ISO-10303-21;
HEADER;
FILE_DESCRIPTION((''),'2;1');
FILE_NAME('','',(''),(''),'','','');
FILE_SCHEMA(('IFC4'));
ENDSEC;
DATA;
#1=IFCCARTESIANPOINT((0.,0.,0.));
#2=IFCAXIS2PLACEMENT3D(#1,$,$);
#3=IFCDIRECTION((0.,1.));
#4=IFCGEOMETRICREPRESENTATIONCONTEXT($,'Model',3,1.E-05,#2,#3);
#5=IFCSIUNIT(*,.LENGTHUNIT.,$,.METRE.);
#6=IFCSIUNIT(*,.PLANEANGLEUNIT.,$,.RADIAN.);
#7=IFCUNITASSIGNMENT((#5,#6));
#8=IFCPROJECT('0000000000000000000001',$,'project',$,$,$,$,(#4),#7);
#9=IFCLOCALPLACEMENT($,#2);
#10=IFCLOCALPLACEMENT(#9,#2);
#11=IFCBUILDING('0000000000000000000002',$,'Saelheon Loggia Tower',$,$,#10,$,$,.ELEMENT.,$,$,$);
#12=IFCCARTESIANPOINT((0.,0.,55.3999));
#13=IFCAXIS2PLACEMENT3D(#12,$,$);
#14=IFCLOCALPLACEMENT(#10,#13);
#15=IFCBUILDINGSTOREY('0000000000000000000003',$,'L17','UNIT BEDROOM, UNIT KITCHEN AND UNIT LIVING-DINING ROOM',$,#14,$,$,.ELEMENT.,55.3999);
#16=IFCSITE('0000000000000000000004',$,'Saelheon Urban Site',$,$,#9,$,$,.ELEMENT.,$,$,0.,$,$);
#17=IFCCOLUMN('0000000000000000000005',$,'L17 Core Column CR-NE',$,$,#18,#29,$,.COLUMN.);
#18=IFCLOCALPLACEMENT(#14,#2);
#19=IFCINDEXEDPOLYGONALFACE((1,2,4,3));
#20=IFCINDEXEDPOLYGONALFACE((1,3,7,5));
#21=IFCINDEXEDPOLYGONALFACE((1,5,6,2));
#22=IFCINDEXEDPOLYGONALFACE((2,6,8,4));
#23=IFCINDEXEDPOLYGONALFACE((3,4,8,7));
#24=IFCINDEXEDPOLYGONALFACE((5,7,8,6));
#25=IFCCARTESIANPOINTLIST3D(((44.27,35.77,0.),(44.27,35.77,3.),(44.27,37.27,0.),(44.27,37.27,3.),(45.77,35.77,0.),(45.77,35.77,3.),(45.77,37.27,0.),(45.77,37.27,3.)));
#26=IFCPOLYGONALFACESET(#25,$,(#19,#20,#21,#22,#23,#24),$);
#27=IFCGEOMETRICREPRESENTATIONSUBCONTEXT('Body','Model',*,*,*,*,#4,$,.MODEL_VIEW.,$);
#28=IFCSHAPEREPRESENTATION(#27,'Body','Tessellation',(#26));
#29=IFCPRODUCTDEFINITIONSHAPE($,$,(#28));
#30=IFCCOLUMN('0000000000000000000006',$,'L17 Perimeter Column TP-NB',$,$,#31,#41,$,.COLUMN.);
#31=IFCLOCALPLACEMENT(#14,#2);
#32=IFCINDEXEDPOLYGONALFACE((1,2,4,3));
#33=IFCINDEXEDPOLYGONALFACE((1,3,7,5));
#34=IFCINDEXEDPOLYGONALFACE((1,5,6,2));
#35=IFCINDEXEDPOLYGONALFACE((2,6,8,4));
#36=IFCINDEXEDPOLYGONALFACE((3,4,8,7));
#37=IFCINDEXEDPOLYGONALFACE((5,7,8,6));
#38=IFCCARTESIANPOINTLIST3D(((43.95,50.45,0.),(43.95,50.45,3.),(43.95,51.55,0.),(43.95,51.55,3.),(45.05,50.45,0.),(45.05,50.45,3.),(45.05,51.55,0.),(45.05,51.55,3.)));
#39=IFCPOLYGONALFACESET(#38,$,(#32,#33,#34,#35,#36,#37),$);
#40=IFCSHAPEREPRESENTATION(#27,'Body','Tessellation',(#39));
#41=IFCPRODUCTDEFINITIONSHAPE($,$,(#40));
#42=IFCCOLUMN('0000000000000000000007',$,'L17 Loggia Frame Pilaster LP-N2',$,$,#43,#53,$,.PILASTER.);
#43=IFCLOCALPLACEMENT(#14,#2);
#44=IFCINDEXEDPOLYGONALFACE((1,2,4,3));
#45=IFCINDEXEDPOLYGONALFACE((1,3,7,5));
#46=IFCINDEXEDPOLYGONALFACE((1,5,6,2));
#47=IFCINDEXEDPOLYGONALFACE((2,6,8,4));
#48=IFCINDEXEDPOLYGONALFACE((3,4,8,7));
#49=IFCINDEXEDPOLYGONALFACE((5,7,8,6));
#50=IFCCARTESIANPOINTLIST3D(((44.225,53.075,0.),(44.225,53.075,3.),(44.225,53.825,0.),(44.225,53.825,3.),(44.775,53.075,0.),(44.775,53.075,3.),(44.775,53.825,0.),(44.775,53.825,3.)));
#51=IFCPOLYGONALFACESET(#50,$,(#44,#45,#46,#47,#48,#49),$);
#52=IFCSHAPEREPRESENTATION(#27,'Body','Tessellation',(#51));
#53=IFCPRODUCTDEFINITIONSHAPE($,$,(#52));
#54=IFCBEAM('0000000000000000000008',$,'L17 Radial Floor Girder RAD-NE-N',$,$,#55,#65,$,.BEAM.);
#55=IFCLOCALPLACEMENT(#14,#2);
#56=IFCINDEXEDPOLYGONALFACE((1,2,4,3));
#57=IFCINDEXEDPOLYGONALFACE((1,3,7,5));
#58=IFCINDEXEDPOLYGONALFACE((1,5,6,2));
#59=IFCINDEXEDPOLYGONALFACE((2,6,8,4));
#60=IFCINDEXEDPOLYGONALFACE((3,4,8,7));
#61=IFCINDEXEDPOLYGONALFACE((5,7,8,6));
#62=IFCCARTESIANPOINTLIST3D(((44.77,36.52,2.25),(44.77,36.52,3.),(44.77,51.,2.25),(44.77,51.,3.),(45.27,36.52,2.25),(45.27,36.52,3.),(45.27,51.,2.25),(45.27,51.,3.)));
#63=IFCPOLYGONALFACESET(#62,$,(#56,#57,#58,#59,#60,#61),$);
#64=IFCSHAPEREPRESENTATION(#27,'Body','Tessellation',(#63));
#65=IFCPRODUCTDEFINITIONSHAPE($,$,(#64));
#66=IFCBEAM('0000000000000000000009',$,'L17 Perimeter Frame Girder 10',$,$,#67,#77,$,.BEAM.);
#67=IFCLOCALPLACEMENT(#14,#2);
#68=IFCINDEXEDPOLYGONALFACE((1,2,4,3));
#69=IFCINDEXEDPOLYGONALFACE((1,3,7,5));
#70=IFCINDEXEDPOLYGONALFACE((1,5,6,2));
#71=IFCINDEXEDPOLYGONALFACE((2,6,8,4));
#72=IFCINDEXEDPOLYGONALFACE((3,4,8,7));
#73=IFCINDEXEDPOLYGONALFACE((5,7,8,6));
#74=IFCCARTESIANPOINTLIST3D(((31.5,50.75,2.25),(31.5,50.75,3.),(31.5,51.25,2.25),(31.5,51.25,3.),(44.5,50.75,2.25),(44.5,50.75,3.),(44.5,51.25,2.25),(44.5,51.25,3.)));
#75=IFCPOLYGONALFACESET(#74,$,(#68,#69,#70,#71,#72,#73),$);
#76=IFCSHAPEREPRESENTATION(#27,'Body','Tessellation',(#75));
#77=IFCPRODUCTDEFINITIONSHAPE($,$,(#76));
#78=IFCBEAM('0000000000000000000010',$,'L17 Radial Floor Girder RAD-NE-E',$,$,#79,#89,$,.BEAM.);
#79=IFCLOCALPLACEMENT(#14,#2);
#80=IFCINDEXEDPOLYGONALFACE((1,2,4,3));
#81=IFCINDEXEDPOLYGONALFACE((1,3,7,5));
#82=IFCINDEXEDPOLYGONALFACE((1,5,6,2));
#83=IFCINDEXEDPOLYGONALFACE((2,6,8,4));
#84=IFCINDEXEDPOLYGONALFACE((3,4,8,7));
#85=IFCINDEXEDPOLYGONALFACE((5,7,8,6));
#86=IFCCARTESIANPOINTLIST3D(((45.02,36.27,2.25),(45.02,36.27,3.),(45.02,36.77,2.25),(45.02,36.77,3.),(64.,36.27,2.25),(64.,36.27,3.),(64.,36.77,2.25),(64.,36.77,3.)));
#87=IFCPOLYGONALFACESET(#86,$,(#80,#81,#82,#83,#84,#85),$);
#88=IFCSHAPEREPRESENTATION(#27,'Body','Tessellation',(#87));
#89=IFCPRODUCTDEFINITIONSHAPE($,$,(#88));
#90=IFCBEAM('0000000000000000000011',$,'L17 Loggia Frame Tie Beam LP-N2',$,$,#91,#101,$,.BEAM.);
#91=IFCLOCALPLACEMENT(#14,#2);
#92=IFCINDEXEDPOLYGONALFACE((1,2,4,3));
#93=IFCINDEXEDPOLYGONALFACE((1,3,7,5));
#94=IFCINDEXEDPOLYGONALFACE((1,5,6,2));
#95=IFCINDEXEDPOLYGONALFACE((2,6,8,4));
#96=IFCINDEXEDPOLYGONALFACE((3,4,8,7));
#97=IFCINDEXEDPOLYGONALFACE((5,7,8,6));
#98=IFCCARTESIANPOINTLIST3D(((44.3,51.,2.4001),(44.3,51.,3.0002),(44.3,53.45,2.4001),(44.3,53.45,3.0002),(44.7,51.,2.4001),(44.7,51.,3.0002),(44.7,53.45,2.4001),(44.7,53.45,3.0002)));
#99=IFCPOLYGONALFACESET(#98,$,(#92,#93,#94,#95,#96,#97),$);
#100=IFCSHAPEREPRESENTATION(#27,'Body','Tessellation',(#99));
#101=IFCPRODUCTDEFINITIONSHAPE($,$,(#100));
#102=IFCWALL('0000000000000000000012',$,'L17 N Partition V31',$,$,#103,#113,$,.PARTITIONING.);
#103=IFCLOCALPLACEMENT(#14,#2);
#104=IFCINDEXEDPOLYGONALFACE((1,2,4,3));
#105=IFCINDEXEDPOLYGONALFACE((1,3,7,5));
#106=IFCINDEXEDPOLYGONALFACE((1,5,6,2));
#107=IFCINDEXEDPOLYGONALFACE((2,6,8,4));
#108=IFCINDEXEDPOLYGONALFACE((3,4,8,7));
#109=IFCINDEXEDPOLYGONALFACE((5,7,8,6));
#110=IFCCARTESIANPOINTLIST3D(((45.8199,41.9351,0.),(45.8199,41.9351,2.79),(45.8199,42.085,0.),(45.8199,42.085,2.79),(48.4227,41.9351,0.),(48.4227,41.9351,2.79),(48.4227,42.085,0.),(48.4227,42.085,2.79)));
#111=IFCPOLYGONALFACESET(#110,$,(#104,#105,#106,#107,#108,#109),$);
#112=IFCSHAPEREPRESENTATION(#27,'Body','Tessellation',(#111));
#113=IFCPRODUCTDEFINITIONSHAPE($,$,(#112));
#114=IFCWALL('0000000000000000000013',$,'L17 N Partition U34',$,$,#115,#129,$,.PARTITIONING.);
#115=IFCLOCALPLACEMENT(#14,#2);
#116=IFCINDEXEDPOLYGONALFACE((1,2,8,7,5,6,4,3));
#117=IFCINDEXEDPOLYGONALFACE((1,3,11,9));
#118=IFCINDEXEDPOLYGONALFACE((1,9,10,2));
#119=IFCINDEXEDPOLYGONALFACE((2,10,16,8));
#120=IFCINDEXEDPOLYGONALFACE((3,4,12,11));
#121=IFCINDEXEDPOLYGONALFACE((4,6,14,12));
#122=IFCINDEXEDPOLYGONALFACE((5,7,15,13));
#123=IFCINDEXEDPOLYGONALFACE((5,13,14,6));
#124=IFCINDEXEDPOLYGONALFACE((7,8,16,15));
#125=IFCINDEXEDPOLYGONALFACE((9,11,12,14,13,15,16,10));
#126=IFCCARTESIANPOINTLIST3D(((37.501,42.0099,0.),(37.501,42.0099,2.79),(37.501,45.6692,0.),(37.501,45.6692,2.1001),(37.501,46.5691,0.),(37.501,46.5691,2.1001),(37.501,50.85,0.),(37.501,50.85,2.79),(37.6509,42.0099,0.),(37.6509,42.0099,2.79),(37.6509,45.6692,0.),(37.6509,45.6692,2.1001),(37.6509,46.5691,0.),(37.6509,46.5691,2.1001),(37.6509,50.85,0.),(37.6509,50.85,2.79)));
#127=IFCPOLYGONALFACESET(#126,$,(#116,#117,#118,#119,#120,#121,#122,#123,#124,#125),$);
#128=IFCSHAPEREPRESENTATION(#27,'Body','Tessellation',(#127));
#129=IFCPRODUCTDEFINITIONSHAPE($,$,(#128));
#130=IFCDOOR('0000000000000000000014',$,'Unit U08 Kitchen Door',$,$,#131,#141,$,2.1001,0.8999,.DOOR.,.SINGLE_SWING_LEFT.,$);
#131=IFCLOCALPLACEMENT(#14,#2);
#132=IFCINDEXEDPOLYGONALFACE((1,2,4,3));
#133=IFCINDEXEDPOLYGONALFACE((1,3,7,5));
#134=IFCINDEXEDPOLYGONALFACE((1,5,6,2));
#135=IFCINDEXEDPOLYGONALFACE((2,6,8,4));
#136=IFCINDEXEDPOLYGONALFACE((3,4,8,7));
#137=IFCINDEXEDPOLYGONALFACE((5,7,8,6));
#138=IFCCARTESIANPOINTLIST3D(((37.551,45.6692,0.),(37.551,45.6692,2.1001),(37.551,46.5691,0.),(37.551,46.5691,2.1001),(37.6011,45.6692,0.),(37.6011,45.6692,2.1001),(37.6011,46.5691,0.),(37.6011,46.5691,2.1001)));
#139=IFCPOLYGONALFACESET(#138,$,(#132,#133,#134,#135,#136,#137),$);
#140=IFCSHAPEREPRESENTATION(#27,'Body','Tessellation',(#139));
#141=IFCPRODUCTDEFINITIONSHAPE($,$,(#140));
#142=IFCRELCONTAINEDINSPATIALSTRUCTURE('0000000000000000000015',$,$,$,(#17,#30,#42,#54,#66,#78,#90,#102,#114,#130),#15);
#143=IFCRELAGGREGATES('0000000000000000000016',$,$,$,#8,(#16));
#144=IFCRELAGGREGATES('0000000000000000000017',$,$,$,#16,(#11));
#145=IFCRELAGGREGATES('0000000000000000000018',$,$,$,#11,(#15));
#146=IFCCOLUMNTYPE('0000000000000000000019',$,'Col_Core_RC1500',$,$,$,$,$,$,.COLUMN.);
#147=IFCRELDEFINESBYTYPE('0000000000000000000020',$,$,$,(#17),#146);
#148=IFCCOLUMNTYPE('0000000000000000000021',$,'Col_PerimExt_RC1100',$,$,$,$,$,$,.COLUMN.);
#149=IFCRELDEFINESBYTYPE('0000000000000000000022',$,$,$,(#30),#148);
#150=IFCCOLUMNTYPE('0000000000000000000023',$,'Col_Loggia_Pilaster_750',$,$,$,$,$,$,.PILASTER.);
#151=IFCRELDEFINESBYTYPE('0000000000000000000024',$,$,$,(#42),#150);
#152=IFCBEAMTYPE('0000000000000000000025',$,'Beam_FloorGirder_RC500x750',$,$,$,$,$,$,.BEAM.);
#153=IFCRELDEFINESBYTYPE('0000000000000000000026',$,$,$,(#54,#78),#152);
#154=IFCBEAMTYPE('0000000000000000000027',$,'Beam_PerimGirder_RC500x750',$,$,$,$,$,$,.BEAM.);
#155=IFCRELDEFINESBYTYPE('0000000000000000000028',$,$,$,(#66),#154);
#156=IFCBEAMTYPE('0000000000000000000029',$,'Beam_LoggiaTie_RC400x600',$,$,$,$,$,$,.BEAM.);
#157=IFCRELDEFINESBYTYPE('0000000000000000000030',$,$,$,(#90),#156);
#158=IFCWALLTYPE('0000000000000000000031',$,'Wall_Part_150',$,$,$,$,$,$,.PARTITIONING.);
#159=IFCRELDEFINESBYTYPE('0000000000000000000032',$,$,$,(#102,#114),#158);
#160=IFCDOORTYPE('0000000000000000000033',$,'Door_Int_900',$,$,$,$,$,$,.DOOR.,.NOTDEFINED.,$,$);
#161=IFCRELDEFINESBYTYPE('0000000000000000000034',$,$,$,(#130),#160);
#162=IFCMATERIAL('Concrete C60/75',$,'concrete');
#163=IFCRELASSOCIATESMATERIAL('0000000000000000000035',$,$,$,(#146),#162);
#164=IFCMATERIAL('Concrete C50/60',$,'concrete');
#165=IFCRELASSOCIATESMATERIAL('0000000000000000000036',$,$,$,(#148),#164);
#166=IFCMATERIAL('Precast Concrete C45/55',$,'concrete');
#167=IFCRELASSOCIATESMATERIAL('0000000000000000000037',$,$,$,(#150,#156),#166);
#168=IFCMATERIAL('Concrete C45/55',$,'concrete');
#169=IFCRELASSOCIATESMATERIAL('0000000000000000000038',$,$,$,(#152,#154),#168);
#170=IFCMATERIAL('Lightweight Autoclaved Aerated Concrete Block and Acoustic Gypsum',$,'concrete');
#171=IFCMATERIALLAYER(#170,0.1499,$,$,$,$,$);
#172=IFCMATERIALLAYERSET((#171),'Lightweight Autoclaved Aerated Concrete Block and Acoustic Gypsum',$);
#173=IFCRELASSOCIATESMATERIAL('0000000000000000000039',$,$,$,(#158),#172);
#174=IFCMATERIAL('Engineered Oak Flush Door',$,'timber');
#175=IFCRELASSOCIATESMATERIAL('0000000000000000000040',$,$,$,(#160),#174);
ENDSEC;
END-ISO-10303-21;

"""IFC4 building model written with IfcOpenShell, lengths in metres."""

from ifc_helpers import new_model, si_unit, direction, frame, frame_2d, origin, origin_2d, place, context, subcontext, project, spatial, rectangle, extrude, source, transform, mapped, material, layer, layer_set, material_profile, profile_set, type_object, element, fill, save


model = new_model("IFC4")

# Units and contexts
model_context = context("Model", 3, precision=1e-05, world=origin(), true_north=direction((0.0, 1.0)))
body_context = subcontext(model_context, "Body", "Model", "MODEL_VIEW")
ifc_project = project(units=[si_unit("LENGTHUNIT", "METRE"), si_unit("PLANEANGLEUNIT", "RADIAN")], contexts=[model_context])

# Site, building, storey
site_placement = place(None, origin())
site = spatial("IfcSite", under=ifc_project, at=site_placement, Name="Saelheon Urban Site", CompositionType="ELEMENT", RefElevation=0.0)
building_placement = place(site_placement, origin())
building = spatial("IfcBuilding", under=site, at=building_placement, Name="Saelheon Loggia Tower", CompositionType="ELEMENT")
storey_placement = place(building_placement, frame((0.0, 0.0, 55.3999)))
storey = spatial("IfcBuildingStorey", under=building, at=storey_placement, Name="L17", Description="UNIT BEDROOM, UNIT KITCHEN AND UNIT LIVING-DINING ROOM", CompositionType="ELEMENT", Elevation=55.3999)

# Columns
ifc_material_1 = material(Name="Concrete C60/75", Category="concrete")
ifc_material_profile_1 = material_profile(ifc_material_1, rectangle(XDim=1.5, YDim=1.5, at=origin_2d()), Name="RC-1500x1500")
ifc_profile_set_1 = profile_set([ifc_material_profile_1], Name="Concrete C60/75")
column_type_1 = type_object("IfcColumnType", Name="Col_Core_RC1500", PredefinedType="COLUMN", material=ifc_profile_set_1)
shared_shape_1 = source(origin(), body_context, "Body", "SweptSolid", [
    extrude(rectangle(XDim=1.5, YDim=1.5, at=origin_2d()), origin(), (0.0, 0.0, 1.0), 3.0),
])
column_1_placement = place(storey_placement, frame((45.02, 36.52, 0.0), z_axis=(0.0, 0.0, 1.0), x_axis=(1.0, 0.0, 0.0)))
element("IfcColumn", 1, at=column_1_placement, inside=storey, type_object=column_type_1, Name="L17 Core Column CR-NE", PredefinedType="COLUMN", context=body_context, shape_type="MappedRepresentation", body=[
    mapped(shared_shape_1, transform((0.0, 0.0, 0.0), scale=1.0)),
])
ifc_material_2 = material(Name="Concrete C50/60", Category="concrete")
ifc_material_profile_2 = material_profile(ifc_material_2, rectangle(XDim=1.1001, YDim=1.1001, at=origin_2d()), Name="RC-1100x1100")
ifc_profile_set_2 = profile_set([ifc_material_profile_2], Name="Concrete C50/60")
column_type_2 = type_object("IfcColumnType", Name="Col_PerimExt_RC1100", PredefinedType="COLUMN", material=ifc_profile_set_2)
shared_shape_2 = source(origin(), body_context, "Body", "SweptSolid", [
    extrude(rectangle(XDim=1.1001, YDim=1.1001, at=origin_2d()), origin(), (0.0, 0.0, 1.0), 3.0),
])
column_2_placement = place(storey_placement, frame((44.5, 51.0, 0.0), z_axis=(0.0, 0.0, 1.0), x_axis=(1.0, 0.0, 0.0)))
element("IfcColumn", 2, at=column_2_placement, inside=storey, type_object=column_type_2, Name="L17 Perimeter Column TP-NB", PredefinedType="COLUMN", context=body_context, shape_type="MappedRepresentation", body=[
    mapped(shared_shape_2, transform((0.0, 0.0, 0.0), scale=1.0)),
])
ifc_material_3 = material(Name="Precast Concrete C45/55", Category="concrete")
ifc_material_profile_3 = material_profile(ifc_material_3, rectangle(XDim=0.55, YDim=0.75, at=origin_2d()), Name="RC-550x750")
ifc_profile_set_3 = profile_set([ifc_material_profile_3], Name="Precast Concrete C45/55")
column_type_3 = type_object("IfcColumnType", Name="Col_Loggia_Pilaster_750", PredefinedType="PILASTER", material=ifc_profile_set_3)
shared_shape_3 = source(origin(), body_context, "Body", "SweptSolid", [
    extrude(rectangle(XDim=0.55, YDim=0.75, at=origin_2d()), origin(), (0.0, 0.0, 1.0), 3.0),
])
column_3_placement = place(storey_placement, frame((44.5, 53.45, 0.0), z_axis=(0.0, 0.0, 1.0), x_axis=(1.0, 0.0, 0.0)))
element("IfcColumn", 3, at=column_3_placement, inside=storey, type_object=column_type_3, Name="L17 Loggia Frame Pilaster LP-N2", PredefinedType="PILASTER", context=body_context, shape_type="MappedRepresentation", body=[
    mapped(shared_shape_3, transform((0.0, 0.0, 0.0), scale=1.0)),
])

# Beams
ifc_material_4 = material(Name="Concrete C45/55", Category="concrete")
ifc_material_profile_4 = material_profile(ifc_material_4, rectangle(XDim=0.5, YDim=0.75, at=origin_2d()), Name="RC-500x750")
ifc_profile_set_4 = profile_set([ifc_material_profile_4], Name="Concrete C45/55")
beam_type_1 = type_object("IfcBeamType", Name="Beam_FloorGirder_RC500x750", PredefinedType="BEAM", material=ifc_profile_set_4)
shared_shape_4 = source(origin(), body_context, "Body", "SweptSolid", [
    extrude(rectangle(XDim=0.5, YDim=0.75, at=origin_2d()), origin(), (0.0, 0.0, 1.0), 14.48),
])
beam_1_placement = place(storey_placement, frame((45.02, 36.52, 2.625), z_axis=(0.0, 1.0, 0.0), x_axis=(-1.0, 0.0, 0.0)))
element("IfcBeam", 4, at=beam_1_placement, inside=storey, type_object=beam_type_1, Name="L17 Radial Floor Girder RAD-NE-N", PredefinedType="BEAM", context=body_context, shape_type="MappedRepresentation", body=[
    mapped(shared_shape_4, transform((0.0, 0.0, 0.0), scale=1.0)),
])
ifc_material_profile_5 = material_profile(ifc_material_4, rectangle(XDim=0.5, YDim=0.75, at=origin_2d()), Name="RC-500x750")
ifc_profile_set_5 = profile_set([ifc_material_profile_5], Name="Concrete C45/55")
beam_type_2 = type_object("IfcBeamType", Name="Beam_PerimGirder_RC500x750", PredefinedType="BEAM", material=ifc_profile_set_5)
shared_shape_5 = source(origin(), body_context, "Body", "SweptSolid", [
    extrude(rectangle(XDim=0.5, YDim=0.75, at=origin_2d()), origin(), (0.0, 0.0, 1.0), 13.0),
])
beam_2_placement = place(storey_placement, frame((44.5, 51.0, 2.625), z_axis=(-1.0, 0.0, 0.0), x_axis=(0.0, -1.0, 0.0)))
element("IfcBeam", 5, at=beam_2_placement, inside=storey, type_object=beam_type_2, Name="L17 Perimeter Frame Girder 10", PredefinedType="BEAM", context=body_context, shape_type="MappedRepresentation", body=[
    mapped(shared_shape_5, transform((0.0, 0.0, 0.0), scale=1.0)),
])
shared_shape_6 = source(origin(), body_context, "Body", "SweptSolid", [
    extrude(rectangle(XDim=0.5, YDim=0.75, at=origin_2d()), origin(), (0.0, 0.0, 1.0), 18.98),
])
beam_3_placement = place(storey_placement, frame((45.02, 36.52, 2.625), z_axis=(1.0, 0.0, 0.0), x_axis=(0.0, 1.0, 0.0)))
element("IfcBeam", 6, at=beam_3_placement, inside=storey, type_object=beam_type_1, Name="L17 Radial Floor Girder RAD-NE-E", PredefinedType="BEAM", context=body_context, shape_type="MappedRepresentation", body=[
    mapped(shared_shape_6, transform((0.0, 0.0, 0.0), scale=1.0)),
])
ifc_material_profile_6 = material_profile(ifc_material_3, rectangle(XDim=0.3999, YDim=0.6001, at=origin_2d()), Name="RC-400x600")
ifc_profile_set_6 = profile_set([ifc_material_profile_6], Name="Precast Concrete C45/55")
beam_type_3 = type_object("IfcBeamType", Name="Beam_LoggiaTie_RC400x600", PredefinedType="BEAM", material=ifc_profile_set_6)
shared_shape_7 = source(origin(), body_context, "Body", "SweptSolid", [
    extrude(rectangle(XDim=0.3999, YDim=0.6001, at=origin_2d()), origin(), (0.0, 0.0, 1.0), 2.45),
])
beam_4_placement = place(storey_placement, frame((44.5, 51.0, 2.7002), z_axis=(0.0, 1.0, 0.0), x_axis=(-1.0, 0.0, 0.0)))
element("IfcBeam", 7, at=beam_4_placement, inside=storey, type_object=beam_type_3, Name="L17 Loggia Frame Tie Beam LP-N2", PredefinedType="BEAM", context=body_context, shape_type="MappedRepresentation", body=[
    mapped(shared_shape_7, transform((0.0, 0.0, 0.0), scale=1.0)),
])

# Wall
ifc_material_5 = material(Name="Lightweight Autoclaved Aerated Concrete Block and Acoustic Gypsum", Category="concrete")
ifc_layer_1 = layer(ifc_material_5, 0.1499)
ifc_layer_set_1 = layer_set([ifc_layer_1], Name="Lightweight Autoclaved Aerated Concrete Block and Acoustic Gypsum")
wall_type_1 = type_object("IfcWallType", Name="Wall_Part_150", PredefinedType="PARTITIONING", material=ifc_layer_set_1)
wall_1_placement = place(storey_placement, frame((45.8201, 42.01, 0.0), z_axis=(0.0, 0.0, 1.0), x_axis=(1.0, 0.0, 0.0)))
element("IfcWall", 8, at=wall_1_placement, inside=storey, type_object=wall_type_1, Name="L17 N Partition V31", PredefinedType="PARTITIONING", context=body_context, shape_type="SweptSolid", body=[
    extrude(rectangle(XDim=2.6028, YDim=0.1499, at=frame_2d((1.3013, 0.0))), origin(), (0.0, 0.0, 1.0), 2.79),
])

# Wall, opening, door
wall_2_placement = place(storey_placement, frame((37.5759, 42.01, 0.0), z_axis=(0.0, 0.0, 1.0), x_axis=(0.0, 1.0, 0.0)))
wall_2 = element("IfcWall", 9, at=wall_2_placement, inside=storey, type_object=wall_type_1, Name="L17 N Partition U34", PredefinedType="PARTITIONING", context=body_context, shape_type="SweptSolid", body=[
    extrude(rectangle(XDim=8.8401, YDim=0.1499, at=frame_2d((4.4199, 0.0))), origin(), (0.0, 0.0, 1.0), 2.79),
])
opening_1_placement = place(wall_2_placement, frame((3.6592, 0.0, 0.0)))
opening_1 = element("IfcOpeningElement", 10, at=opening_1_placement, cuts=wall_2, PredefinedType="OPENING", context=body_context, shape_type="SweptSolid", body=[
    extrude(rectangle(XDim=0.8999, YDim=2.1001, at=frame_2d((0.45, 1.05))), frame((0.0, 0.0869, 0.0), z_axis=(0.0, -1.0, 0.0), x_axis=(1.0, 0.0, 0.0)), (0.0, 0.0, 1.0), 0.1738),
])
ifc_material_6 = material(Name="Engineered Oak Flush Door", Category="timber")
door_type_1 = type_object("IfcDoorType", Name="Door_Int_900", OperationType="NOTDEFINED", PredefinedType="DOOR", material=ifc_material_6)
shared_shape_8 = source(origin(), body_context, "Body", "SweptSolid", [
    extrude(rectangle(XDim=0.8999, YDim=2.1001, at=frame_2d((0.45, 1.05))), frame((0.0, 0.0249, 0.0), z_axis=(0.0, -1.0, 0.0), x_axis=(1.0, 0.0, 0.0)), (0.0, 0.0, 1.0), 0.05),
])
door_1_placement = place(opening_1_placement, origin())
door_1 = element("IfcDoor", 11, at=door_1_placement, inside=storey, type_object=door_type_1, Name="Unit U08 Kitchen Door", OperationType="SINGLE_SWING_LEFT", OverallHeight=2.1001, OverallWidth=0.8999, PredefinedType="DOOR", context=body_context, shape_type="MappedRepresentation", body=[
    mapped(shared_shape_8, transform((0.0, 0.0, 0.0), scale=1.0)),
])
fill(opening_1, door_1)

save(model, "model.ifc")
